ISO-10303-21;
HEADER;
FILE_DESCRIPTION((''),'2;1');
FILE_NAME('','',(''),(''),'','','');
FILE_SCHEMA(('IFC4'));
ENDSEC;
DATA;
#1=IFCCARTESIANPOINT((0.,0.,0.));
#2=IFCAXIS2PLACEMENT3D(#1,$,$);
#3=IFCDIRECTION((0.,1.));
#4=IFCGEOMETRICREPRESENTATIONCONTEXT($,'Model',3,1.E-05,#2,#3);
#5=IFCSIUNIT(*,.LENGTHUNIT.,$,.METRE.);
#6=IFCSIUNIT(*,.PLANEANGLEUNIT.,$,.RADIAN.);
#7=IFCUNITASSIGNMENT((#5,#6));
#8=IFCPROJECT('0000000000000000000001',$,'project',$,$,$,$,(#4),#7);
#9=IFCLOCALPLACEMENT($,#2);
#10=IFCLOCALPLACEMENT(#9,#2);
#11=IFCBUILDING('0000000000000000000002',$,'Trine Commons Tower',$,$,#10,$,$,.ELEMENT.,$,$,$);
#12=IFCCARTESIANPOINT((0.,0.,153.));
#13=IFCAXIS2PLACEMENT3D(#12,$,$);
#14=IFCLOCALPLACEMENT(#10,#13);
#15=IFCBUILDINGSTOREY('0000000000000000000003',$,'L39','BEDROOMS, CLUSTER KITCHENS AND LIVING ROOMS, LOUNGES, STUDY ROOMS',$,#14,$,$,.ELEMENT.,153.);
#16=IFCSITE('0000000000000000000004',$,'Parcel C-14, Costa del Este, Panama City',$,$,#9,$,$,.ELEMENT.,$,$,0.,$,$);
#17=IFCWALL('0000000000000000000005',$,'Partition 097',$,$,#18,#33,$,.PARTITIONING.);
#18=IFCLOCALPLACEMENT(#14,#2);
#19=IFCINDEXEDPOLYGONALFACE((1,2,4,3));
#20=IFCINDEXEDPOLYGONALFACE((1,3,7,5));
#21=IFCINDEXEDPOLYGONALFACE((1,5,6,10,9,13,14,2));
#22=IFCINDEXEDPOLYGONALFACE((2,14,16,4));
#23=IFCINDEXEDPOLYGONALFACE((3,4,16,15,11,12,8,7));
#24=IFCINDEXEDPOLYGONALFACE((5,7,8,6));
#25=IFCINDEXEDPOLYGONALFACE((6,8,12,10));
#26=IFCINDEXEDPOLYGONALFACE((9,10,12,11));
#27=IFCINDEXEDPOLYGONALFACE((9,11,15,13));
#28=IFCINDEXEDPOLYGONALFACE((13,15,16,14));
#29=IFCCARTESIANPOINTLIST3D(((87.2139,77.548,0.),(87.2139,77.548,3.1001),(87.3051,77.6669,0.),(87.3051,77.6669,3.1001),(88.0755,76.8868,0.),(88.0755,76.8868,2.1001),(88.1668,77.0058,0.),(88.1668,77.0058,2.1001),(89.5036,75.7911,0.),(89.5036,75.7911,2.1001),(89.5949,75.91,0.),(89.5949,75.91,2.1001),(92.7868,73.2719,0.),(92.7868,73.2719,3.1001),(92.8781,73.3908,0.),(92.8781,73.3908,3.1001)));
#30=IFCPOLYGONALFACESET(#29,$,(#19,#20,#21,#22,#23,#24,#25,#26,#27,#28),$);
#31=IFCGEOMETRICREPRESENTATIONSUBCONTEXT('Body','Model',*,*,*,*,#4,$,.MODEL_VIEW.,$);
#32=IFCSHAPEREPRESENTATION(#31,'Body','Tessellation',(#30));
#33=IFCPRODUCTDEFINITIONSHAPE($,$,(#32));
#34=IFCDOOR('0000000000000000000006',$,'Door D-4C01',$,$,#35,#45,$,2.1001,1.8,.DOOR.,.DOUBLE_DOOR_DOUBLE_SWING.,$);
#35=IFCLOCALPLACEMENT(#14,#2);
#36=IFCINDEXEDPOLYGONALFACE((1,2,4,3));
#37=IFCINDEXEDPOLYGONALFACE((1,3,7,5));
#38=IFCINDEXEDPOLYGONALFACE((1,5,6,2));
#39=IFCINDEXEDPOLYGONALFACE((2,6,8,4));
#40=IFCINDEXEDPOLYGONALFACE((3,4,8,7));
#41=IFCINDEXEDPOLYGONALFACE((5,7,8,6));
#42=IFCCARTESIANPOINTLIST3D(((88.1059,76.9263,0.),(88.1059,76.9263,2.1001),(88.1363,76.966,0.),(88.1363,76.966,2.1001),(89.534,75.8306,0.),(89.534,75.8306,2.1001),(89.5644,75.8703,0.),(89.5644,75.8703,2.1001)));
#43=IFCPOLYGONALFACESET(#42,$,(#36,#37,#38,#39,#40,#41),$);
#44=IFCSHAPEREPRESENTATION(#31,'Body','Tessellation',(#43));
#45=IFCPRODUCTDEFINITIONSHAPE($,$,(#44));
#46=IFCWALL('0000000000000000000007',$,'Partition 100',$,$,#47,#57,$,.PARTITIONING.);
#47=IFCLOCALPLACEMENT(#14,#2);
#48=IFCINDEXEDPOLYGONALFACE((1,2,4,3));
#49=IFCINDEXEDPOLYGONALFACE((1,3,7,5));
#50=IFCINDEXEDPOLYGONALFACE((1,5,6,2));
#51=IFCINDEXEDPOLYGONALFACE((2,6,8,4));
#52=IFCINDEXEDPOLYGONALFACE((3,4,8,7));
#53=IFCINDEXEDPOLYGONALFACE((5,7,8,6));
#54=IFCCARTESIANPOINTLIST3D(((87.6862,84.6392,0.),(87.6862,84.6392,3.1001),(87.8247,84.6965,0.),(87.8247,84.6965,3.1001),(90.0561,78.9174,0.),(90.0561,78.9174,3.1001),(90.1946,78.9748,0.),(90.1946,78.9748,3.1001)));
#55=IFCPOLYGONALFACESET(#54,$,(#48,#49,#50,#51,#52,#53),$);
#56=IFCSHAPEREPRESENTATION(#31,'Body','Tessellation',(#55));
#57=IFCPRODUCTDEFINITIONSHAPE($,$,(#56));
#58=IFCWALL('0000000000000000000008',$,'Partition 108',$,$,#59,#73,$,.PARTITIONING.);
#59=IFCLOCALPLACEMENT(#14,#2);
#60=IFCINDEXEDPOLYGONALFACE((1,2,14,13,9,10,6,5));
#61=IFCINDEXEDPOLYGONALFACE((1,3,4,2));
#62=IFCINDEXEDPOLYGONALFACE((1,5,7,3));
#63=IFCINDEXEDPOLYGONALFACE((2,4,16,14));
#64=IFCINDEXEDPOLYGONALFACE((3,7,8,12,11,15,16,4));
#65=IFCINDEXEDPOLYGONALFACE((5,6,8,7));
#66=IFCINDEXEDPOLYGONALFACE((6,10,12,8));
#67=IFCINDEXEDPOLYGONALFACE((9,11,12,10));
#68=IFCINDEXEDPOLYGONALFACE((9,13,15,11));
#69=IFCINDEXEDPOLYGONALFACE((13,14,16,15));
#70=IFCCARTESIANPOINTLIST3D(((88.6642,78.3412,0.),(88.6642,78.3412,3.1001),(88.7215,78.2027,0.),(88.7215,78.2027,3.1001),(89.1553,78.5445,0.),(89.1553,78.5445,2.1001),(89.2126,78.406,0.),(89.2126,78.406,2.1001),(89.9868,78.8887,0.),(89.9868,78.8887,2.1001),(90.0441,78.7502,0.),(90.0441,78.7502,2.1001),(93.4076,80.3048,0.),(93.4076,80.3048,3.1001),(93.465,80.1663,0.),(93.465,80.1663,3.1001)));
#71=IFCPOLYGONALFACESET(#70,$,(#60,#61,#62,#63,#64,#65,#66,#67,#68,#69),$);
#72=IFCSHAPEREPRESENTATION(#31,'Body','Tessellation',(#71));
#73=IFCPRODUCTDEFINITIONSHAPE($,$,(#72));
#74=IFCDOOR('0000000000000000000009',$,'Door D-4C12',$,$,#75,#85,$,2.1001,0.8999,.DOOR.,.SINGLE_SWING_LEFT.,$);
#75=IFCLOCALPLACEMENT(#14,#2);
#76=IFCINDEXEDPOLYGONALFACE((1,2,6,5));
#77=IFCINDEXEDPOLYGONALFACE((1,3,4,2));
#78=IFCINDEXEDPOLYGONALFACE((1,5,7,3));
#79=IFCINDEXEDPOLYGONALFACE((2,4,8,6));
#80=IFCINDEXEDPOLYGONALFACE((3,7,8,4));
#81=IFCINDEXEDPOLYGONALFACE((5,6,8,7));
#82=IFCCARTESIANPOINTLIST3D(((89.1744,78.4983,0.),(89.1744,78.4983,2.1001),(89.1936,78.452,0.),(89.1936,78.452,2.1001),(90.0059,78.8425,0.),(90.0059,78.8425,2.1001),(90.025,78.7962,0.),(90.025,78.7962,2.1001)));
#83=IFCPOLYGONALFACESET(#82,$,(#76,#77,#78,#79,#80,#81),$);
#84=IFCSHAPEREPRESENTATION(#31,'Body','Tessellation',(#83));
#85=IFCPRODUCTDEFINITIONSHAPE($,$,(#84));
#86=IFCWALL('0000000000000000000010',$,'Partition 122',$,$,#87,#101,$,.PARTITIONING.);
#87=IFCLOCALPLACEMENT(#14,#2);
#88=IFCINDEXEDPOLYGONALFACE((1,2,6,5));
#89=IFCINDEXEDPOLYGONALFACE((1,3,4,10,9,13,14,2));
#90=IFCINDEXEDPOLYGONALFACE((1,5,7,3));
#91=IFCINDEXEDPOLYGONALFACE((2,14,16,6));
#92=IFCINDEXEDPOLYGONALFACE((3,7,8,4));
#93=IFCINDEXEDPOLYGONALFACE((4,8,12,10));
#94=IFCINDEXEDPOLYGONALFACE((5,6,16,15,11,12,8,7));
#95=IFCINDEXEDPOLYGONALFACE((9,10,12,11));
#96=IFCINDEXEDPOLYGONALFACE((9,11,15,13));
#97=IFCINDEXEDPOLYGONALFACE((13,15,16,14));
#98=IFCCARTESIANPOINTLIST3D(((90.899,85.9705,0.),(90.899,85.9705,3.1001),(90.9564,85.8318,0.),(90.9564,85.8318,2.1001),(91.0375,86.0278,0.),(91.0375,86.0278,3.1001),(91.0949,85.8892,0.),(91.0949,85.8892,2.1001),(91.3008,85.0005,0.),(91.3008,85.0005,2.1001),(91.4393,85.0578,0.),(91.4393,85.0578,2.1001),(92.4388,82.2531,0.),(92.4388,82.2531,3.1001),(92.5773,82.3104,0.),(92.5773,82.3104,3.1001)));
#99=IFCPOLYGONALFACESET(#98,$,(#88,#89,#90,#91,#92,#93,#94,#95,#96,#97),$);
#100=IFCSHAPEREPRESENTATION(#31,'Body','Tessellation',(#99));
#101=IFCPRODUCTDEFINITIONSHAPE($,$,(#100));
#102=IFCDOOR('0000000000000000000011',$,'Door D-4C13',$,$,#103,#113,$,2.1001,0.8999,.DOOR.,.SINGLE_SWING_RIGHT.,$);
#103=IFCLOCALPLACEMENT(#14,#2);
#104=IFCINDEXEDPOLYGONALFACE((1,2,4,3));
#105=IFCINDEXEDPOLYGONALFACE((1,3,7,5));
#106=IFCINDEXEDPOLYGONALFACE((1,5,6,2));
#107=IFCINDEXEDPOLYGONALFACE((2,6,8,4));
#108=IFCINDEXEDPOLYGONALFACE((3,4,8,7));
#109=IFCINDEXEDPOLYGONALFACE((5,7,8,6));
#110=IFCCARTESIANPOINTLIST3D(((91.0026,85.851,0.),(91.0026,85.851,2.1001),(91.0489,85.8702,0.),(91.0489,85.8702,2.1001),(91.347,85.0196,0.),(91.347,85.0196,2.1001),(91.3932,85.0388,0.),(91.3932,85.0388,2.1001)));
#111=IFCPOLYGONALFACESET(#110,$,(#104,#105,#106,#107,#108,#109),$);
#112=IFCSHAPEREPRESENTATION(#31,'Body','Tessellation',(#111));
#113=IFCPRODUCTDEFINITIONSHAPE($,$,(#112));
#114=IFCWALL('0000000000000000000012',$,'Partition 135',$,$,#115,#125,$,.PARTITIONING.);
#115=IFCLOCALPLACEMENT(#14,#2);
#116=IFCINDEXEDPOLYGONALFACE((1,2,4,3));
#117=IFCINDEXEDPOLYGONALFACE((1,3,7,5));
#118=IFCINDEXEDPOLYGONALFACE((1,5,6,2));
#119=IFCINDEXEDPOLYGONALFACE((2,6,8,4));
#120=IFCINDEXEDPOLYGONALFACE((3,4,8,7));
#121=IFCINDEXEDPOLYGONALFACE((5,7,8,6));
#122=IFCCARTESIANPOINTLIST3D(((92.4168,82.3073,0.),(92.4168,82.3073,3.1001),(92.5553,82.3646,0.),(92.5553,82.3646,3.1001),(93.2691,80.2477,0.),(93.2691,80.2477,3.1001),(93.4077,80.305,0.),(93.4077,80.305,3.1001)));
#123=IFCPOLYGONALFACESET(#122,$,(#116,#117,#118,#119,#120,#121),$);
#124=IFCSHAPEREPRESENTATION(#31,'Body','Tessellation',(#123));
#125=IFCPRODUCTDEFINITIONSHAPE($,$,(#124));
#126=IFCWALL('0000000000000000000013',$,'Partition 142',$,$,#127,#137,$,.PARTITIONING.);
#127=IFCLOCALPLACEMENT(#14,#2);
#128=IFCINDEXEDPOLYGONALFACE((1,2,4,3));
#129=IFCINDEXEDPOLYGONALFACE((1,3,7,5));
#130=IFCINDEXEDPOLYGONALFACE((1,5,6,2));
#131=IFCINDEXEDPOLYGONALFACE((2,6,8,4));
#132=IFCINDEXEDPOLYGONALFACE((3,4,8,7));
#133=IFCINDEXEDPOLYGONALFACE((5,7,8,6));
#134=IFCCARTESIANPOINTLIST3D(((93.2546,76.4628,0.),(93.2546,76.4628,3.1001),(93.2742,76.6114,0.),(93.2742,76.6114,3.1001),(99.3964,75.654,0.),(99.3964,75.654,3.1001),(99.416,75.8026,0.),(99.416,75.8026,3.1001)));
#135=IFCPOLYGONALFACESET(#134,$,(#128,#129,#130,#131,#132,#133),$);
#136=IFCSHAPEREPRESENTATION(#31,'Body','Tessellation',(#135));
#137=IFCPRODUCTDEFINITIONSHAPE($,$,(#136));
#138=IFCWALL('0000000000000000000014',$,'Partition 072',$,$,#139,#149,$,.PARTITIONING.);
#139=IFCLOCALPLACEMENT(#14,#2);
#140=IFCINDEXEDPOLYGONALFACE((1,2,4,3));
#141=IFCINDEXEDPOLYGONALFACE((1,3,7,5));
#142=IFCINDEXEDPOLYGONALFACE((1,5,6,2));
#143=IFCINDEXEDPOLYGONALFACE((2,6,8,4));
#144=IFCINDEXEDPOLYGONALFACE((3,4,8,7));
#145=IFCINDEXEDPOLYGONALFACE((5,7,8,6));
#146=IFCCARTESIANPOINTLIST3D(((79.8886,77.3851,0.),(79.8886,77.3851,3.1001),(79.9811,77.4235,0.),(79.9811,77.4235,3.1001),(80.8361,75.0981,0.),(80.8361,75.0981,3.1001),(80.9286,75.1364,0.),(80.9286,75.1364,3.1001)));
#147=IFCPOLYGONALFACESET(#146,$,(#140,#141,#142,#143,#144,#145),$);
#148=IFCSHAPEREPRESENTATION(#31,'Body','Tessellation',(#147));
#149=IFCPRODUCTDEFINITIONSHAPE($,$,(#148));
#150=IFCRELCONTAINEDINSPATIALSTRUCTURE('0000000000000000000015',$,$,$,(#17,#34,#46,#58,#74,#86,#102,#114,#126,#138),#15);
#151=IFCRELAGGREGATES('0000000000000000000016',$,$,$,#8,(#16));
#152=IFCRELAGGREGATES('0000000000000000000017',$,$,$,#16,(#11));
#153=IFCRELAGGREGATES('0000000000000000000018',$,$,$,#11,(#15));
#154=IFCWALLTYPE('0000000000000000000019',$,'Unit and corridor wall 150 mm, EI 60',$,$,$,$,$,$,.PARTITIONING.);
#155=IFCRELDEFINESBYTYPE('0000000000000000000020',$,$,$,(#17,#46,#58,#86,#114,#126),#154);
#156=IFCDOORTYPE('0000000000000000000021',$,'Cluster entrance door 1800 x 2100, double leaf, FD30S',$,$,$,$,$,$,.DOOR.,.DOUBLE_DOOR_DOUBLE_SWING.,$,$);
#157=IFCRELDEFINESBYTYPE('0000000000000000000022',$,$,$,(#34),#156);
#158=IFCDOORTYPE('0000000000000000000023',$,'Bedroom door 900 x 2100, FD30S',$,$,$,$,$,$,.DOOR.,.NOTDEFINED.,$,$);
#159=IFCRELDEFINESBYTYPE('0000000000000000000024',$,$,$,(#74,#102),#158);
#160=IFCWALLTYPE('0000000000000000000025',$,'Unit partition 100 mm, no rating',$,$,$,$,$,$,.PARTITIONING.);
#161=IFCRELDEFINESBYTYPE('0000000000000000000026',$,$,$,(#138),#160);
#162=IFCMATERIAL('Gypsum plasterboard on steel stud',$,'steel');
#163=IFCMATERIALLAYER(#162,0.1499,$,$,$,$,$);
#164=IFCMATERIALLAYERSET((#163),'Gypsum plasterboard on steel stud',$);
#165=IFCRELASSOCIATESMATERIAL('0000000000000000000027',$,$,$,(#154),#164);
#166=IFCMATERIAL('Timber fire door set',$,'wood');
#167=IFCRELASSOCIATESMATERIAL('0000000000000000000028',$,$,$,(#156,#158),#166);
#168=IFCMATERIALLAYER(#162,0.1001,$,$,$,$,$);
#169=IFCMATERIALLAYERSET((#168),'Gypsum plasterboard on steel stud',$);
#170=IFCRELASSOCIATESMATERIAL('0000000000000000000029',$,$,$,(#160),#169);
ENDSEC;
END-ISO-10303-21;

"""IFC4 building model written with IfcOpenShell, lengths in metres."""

from ifc_helpers import new_model, si_unit, direction, frame, frame_2d, origin, place, context, subcontext, project, spatial, rectangle, extrude, material, layer, layer_set, type_object, element, fill, save


model = new_model("IFC4")

# Units and contexts
model_context = context("Model", 3, precision=1e-05, world=origin(), true_north=direction((0.0, 1.0)))
body_context = subcontext(model_context, "Body", "Model", "MODEL_VIEW")
ifc_project = project(units=[si_unit("LENGTHUNIT", "METRE"), si_unit("PLANEANGLEUNIT", "RADIAN")], contexts=[model_context])

# Site, building, storey
site_placement = place(None, origin())
site = spatial("IfcSite", under=ifc_project, at=site_placement, Name="Parcel C-14, Costa del Este, Panama City", CompositionType="ELEMENT", RefElevation=0.0)
building_placement = place(site_placement, origin())
building = spatial("IfcBuilding", under=site, at=building_placement, Name="Trine Commons Tower", CompositionType="ELEMENT")
storey_placement = place(building_placement, frame((0.0, 0.0, 153.0)))
storey = spatial("IfcBuildingStorey", under=building, at=storey_placement, Name="L39", Description="BEDROOMS, CLUSTER KITCHENS AND LIVING ROOMS, LOUNGES, STUDY ROOMS", CompositionType="ELEMENT", Elevation=153.0)

# Shared definitions
ifc_material_1 = material(Name="Gypsum plasterboard on steel stud", Category="steel")
ifc_layer_1 = layer(ifc_material_1, 0.1499)
ifc_layer_set_1 = layer_set([ifc_layer_1], Name="Gypsum plasterboard on steel stud")
wall_type_1 = type_object("IfcWallType", Name="Unit and corridor wall 150 mm, EI 60", PredefinedType="PARTITIONING", material=ifc_layer_set_1)

# Wall, opening, door
wall_1_placement = place(storey_placement, frame((87.2595, 77.6074, 0.0), z_axis=(0.0, 0.0, 1.0), x_axis=(0.793366, -0.608745, 0.0)))
wall_1 = element("IfcWall", 1, at=wall_1_placement, inside=storey, type_object=wall_type_1, Name="Partition 097", PredefinedType="PARTITIONING", context=body_context, shape_type="SweptSolid", body=[
    extrude(rectangle(XDim=7.0244, YDim=0.1499, at=frame_2d((3.5122, 0.0))), origin(), (0.0, 0.0, 1.0), 3.1001),
])
opening_1_placement = place(wall_1_placement, frame((1.0862, 0.0, 0.0)))
opening_1 = element("IfcOpeningElement", 2, at=opening_1_placement, cuts=wall_1, PredefinedType="OPENING", context=body_context, shape_type="SweptSolid", body=[
    extrude(rectangle(XDim=1.8, YDim=2.1001, at=frame_2d((0.8999, 1.05))), frame((0.0, 0.085, 0.0), z_axis=(0.0, -1.0, 0.0), x_axis=(1.0, 0.0, 0.0)), (0.0, 0.0, 1.0), 0.1699),
])
ifc_material_2 = material(Name="Timber fire door set", Category="wood")
door_type_1 = type_object("IfcDoorType", Name="Cluster entrance door 1800 x 2100, double leaf, FD30S", OperationType="DOUBLE_DOOR_DOUBLE_SWING", PredefinedType="DOOR", material=ifc_material_2)
door_1_placement = place(opening_1_placement, origin())
door_1 = element("IfcDoor", 3, at=door_1_placement, inside=storey, type_object=door_type_1, Name="Door D-4C01", OperationType="DOUBLE_DOOR_DOUBLE_SWING", OverallHeight=2.1001, OverallWidth=1.8, PredefinedType="DOOR", context=body_context, shape_type="SweptSolid", body=[
    extrude(rectangle(XDim=1.8, YDim=2.1001, at=frame_2d((0.8999, 1.05))), frame((0.0, 0.0249, 0.0), z_axis=(0.0, -1.0, 0.0), x_axis=(1.0, 0.0, 0.0)), (0.0, 0.0, 1.0), 0.05),
])
fill(opening_1, door_1)

# Wall
wall_2_placement = place(storey_placement, frame((87.7554, 84.668, 0.0), z_axis=(0.0, 0.0, 1.0), x_axis=(0.382666, -0.923887, 0.0)))
element("IfcWall", 4, at=wall_2_placement, inside=storey, type_object=wall_type_1, Name="Partition 100", PredefinedType="PARTITIONING", context=body_context, shape_type="SweptSolid", body=[
    extrude(rectangle(XDim=6.1931, YDim=0.1499, at=frame_2d((3.0967, 0.0))), origin(), (0.0, 0.0, 1.0), 3.1001),
])

# Walls, openings, doors
wall_3_placement = place(storey_placement, frame((88.6929, 78.272, 0.0), z_axis=(0.0, 0.0, 1.0), x_axis=(0.923959, 0.38249, 0.0)))
wall_3 = element("IfcWall", 5, at=wall_3_placement, inside=storey, type_object=wall_type_1, Name="Partition 108", PredefinedType="PARTITIONING", context=body_context, shape_type="SweptSolid", body=[
    extrude(rectangle(XDim=5.1338, YDim=0.1499, at=frame_2d((2.5669, 0.0))), origin(), (0.0, 0.0, 1.0), 3.1001),
])
opening_2_placement = place(wall_3_placement, frame((0.5315, 0.0, 0.0)))
opening_2 = element("IfcOpeningElement", 6, at=opening_2_placement, cuts=wall_3, PredefinedType="OPENING", context=body_context, shape_type="SweptSolid", body=[
    extrude(rectangle(XDim=0.8999, YDim=2.1001, at=frame_2d((0.45, 1.05))), frame((0.0, 0.085, 0.0), z_axis=(0.0, -1.0, 0.0), x_axis=(1.0, 0.0, 0.0)), (0.0, 0.0, 1.0), 0.1699),
])
door_type_2 = type_object("IfcDoorType", Name="Bedroom door 900 x 2100, FD30S", OperationType="NOTDEFINED", PredefinedType="DOOR", material=ifc_material_2)
door_2_placement = place(opening_2_placement, origin())
door_2 = element("IfcDoor", 7, at=door_2_placement, inside=storey, type_object=door_type_2, Name="Door D-4C12", OperationType="SINGLE_SWING_LEFT", OverallHeight=2.1001, OverallWidth=0.8999, PredefinedType="DOOR", context=body_context, shape_type="SweptSolid", body=[
    extrude(rectangle(XDim=0.8999, YDim=2.1001, at=frame_2d((0.45, 1.05))), frame((0.0, 0.0249, 0.0), z_axis=(0.0, -1.0, 0.0), x_axis=(1.0, 0.0, 0.0)), (0.0, 0.0, 1.0), 0.05),
])
fill(opening_2, door_2)
wall_4_placement = place(storey_placement, frame((90.9683, 85.999, 0.0), z_axis=(0.0, 0.0, 1.0), x_axis=(0.382693, -0.923876, 0.0)))
wall_4 = element("IfcWall", 8, at=wall_4_placement, inside=storey, type_object=wall_type_1, Name="Partition 122", PredefinedType="PARTITIONING", context=body_context, shape_type="SweptSolid", body=[
    extrude(rectangle(XDim=4.0237, YDim=0.1499, at=frame_2d((2.0117, 0.0))), origin(), (0.0, 0.0, 1.0), 3.1001),
])
opening_3_placement = place(wall_4_placement, frame((0.1499, 0.0, 0.0)))
opening_3 = element("IfcOpeningElement", 9, at=opening_3_placement, cuts=wall_4, PredefinedType="OPENING", context=body_context, shape_type="SweptSolid", body=[
    extrude(rectangle(XDim=0.8999, YDim=2.1001, at=frame_2d((0.45, 1.05))), frame((0.0, 0.085, 0.0), z_axis=(0.0, -1.0, 0.0), x_axis=(1.0, 0.0, 0.0)), (0.0, 0.0, 1.0), 0.1699),
])
door_3_placement = place(opening_3_placement, frame((0.8999, 0.0, 0.0), z_axis=(0.0, 0.0, 1.0), x_axis=(-1.0, 0.0, 0.0)))
door_3 = element("IfcDoor", 10, at=door_3_placement, inside=storey, type_object=door_type_2, Name="Door D-4C13", OperationType="SINGLE_SWING_RIGHT", OverallHeight=2.1001, OverallWidth=0.8999, PredefinedType="DOOR", context=body_context, shape_type="SweptSolid", body=[
    extrude(rectangle(XDim=0.8999, YDim=2.1001, at=frame_2d((0.45, 1.05))), frame((0.0, 0.0249, 0.0), z_axis=(0.0, -1.0, 0.0), x_axis=(1.0, 0.0, 0.0)), (0.0, 0.0, 1.0), 0.05),
])
fill(opening_3, door_3)

# Walls
wall_5_placement = place(storey_placement, frame((92.4861, 82.3359, 0.0), z_axis=(0.0, 0.0, 1.0), x_axis=(0.382374, -0.924007, 0.0)))
element("IfcWall", 11, at=wall_5_placement, inside=storey, type_object=wall_type_1, Name="Partition 135", PredefinedType="PARTITIONING", context=body_context, shape_type="SweptSolid", body=[
    extrude(rectangle(XDim=2.229, YDim=0.1499, at=frame_2d((1.1145, 0.0))), origin(), (0.0, 0.0, 1.0), 3.1001),
])
wall_6_placement = place(storey_placement, frame((93.2644, 76.5371, 0.0), z_axis=(0.0, 0.0, 1.0), x_axis=(0.99144, -0.130566, 0.0)))
element("IfcWall", 12, at=wall_6_placement, inside=storey, type_object=wall_type_1, Name="Partition 142", PredefinedType="PARTITIONING", context=body_context, shape_type="SweptSolid", body=[
    extrude(rectangle(XDim=6.1948, YDim=0.1499, at=frame_2d((3.0974, 0.0))), origin(), (0.0, 0.0, 1.0), 3.1001),
])
ifc_layer_2 = layer(ifc_material_1, 0.1001)
ifc_layer_set_2 = layer_set([ifc_layer_2], Name="Gypsum plasterboard on steel stud")
wall_type_2 = type_object("IfcWallType", Name="Unit partition 100 mm, no rating", PredefinedType="PARTITIONING", material=ifc_layer_set_2)
wall_7_placement = place(storey_placement, frame((79.9348, 77.4043, 0.0), z_axis=(0.0, 0.0, 1.0), x_axis=(0.382738, -0.923857, 0.0)))
element("IfcWall", 13, at=wall_7_placement, inside=storey, type_object=wall_type_2, Name="Partition 072", PredefinedType="PARTITIONING", context=body_context, shape_type="SweptSolid", body=[
    extrude(rectangle(XDim=2.4756, YDim=0.1001, at=frame_2d((1.2378, 0.0))), origin(), (0.0, 0.0, 1.0), 3.1001),
])

save(model, "model.ifc")
